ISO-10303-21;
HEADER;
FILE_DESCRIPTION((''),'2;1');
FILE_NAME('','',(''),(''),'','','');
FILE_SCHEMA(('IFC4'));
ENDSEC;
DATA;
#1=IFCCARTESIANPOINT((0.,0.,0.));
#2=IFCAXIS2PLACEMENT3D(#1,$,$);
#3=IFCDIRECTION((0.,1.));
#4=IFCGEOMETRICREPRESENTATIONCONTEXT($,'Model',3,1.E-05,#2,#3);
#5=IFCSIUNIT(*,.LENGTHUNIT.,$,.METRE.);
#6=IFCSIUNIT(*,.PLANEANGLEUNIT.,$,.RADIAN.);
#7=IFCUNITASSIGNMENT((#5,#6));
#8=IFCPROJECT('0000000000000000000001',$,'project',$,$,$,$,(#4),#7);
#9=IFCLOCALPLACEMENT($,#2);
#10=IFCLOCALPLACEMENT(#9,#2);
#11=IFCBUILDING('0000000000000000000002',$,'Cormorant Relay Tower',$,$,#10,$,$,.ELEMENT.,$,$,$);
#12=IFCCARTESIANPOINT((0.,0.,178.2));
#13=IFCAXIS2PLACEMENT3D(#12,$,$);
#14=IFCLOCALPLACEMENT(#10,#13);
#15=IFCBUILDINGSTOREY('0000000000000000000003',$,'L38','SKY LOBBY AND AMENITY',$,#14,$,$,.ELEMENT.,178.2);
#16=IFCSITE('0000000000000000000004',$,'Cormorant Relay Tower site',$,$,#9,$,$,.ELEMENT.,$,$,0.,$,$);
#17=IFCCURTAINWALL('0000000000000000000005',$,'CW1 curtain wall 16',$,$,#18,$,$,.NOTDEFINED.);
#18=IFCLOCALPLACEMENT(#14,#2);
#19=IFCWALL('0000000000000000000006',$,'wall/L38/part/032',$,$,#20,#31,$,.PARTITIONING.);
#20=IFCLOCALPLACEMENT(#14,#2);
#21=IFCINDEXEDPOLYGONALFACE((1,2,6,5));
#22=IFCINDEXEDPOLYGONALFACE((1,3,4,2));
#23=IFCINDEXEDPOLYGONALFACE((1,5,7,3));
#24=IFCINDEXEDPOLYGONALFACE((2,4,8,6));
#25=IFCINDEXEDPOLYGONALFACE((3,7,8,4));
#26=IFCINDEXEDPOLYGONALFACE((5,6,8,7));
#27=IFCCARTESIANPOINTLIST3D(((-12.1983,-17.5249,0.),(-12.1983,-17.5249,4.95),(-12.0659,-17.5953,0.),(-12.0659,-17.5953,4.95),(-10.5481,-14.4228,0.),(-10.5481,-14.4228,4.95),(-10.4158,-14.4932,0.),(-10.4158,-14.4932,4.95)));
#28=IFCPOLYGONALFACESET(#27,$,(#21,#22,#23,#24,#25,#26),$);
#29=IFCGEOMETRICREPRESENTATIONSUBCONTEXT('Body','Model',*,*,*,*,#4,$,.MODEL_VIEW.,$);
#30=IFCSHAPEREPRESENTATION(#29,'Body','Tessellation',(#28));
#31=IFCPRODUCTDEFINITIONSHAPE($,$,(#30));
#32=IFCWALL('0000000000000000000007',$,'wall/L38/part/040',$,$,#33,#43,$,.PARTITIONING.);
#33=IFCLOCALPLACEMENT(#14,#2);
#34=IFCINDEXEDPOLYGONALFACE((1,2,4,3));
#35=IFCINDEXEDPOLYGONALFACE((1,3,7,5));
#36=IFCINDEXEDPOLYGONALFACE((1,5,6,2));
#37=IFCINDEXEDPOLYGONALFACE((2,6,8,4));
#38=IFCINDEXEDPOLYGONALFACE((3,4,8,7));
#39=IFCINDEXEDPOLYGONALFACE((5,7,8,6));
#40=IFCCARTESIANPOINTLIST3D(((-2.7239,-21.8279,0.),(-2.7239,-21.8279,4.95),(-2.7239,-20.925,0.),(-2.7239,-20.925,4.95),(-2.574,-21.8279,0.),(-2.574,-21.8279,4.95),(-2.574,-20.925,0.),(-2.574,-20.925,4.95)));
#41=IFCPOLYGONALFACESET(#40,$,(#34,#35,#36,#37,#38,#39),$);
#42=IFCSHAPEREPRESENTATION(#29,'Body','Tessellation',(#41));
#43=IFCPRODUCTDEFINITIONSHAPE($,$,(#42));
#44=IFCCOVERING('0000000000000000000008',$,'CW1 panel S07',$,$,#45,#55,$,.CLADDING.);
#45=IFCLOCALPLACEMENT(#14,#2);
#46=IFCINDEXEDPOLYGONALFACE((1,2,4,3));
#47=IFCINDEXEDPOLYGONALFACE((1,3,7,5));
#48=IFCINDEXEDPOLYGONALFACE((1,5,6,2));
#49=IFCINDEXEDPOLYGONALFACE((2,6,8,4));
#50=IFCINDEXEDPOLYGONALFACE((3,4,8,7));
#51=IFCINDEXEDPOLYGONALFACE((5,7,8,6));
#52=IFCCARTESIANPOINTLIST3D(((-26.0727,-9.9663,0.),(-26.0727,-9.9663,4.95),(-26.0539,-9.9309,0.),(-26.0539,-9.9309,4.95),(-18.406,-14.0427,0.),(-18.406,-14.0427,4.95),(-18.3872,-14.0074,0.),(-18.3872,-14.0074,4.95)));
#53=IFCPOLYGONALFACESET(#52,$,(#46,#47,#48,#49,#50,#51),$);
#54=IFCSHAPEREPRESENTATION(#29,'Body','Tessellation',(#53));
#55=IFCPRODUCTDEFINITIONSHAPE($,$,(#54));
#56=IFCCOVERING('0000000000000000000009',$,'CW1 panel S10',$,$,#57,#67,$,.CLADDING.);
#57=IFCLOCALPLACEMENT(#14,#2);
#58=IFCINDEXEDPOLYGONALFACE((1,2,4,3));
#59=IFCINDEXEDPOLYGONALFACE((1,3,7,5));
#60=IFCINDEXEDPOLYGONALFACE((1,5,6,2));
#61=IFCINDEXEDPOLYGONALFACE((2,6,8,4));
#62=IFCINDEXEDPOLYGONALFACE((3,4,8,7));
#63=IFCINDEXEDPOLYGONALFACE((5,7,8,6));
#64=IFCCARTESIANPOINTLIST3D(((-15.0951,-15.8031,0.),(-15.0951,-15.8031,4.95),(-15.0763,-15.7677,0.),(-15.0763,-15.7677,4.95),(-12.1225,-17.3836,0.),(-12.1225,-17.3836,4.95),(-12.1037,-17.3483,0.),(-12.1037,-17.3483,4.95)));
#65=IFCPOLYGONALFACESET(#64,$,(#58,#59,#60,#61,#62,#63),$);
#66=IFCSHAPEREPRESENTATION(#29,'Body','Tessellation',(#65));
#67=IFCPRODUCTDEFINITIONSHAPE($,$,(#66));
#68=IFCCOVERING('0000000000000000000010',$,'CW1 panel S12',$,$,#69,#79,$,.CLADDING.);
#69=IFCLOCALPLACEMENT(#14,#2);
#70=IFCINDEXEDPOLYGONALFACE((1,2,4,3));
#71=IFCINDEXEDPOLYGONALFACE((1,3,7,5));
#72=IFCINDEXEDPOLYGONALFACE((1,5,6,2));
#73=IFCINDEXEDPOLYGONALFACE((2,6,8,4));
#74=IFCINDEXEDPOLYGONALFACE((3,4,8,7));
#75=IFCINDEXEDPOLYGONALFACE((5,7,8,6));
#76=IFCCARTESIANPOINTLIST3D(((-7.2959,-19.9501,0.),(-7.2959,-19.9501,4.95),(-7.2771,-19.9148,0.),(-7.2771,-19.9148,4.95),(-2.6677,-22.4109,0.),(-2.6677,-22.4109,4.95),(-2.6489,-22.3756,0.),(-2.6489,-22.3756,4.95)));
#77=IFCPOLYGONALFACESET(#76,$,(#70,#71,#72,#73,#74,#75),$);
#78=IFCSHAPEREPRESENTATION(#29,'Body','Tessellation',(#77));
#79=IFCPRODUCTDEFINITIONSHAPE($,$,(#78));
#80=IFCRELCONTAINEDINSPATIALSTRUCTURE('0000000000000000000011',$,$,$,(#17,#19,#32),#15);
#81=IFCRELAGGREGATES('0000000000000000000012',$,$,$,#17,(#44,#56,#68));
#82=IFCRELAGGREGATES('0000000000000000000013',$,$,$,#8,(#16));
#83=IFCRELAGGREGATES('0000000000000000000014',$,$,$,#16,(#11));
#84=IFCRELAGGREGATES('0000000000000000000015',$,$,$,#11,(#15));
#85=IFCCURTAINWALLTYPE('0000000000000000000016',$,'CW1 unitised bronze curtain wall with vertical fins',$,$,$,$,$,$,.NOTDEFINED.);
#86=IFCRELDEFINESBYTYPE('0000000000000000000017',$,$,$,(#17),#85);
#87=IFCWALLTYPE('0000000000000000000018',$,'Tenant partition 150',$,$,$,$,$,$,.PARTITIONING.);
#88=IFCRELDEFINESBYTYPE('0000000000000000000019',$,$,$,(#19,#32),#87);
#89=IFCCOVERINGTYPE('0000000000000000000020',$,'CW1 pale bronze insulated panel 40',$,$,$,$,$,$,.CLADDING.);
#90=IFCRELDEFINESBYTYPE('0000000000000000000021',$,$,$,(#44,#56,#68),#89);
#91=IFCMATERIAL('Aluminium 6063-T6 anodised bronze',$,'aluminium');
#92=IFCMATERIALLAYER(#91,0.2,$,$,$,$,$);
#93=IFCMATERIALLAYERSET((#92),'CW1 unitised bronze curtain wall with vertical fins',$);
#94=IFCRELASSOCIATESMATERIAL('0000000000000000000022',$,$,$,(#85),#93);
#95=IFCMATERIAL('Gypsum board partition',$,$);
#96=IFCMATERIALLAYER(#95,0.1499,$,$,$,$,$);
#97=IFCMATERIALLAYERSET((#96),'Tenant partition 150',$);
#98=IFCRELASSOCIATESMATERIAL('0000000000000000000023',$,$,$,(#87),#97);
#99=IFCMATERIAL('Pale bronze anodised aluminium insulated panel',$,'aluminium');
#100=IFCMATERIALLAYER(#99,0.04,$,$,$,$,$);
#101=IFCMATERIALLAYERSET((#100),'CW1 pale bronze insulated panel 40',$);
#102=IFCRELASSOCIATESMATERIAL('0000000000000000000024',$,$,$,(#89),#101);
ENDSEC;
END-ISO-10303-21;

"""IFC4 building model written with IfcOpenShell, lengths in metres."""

from ifc_helpers import new_model, si_unit, direction, frame, frame_2d, origin, origin_2d, place, context, subcontext, project, spatial, rectangle, extrude, material, layer, layer_set, type_object, element, aggregate, save


model = new_model("IFC4")

# Units and contexts
model_context = context("Model", 3, precision=1e-05, world=origin(), true_north=direction((0.0, 1.0)))
body_context = subcontext(model_context, "Body", "Model", "MODEL_VIEW")
ifc_project = project(units=[si_unit("LENGTHUNIT", "METRE"), si_unit("PLANEANGLEUNIT", "RADIAN")], contexts=[model_context])

# Site, building, storey
site_placement = place(None, origin())
site = spatial("IfcSite", under=ifc_project, at=site_placement, Name="Cormorant Relay Tower site", CompositionType="ELEMENT", RefElevation=0.0)
building_placement = place(site_placement, origin())
building = spatial("IfcBuilding", under=site, at=building_placement, Name="Cormorant Relay Tower", CompositionType="ELEMENT")
storey_placement = place(building_placement, frame((0.0, 0.0, 178.2)))
storey = spatial("IfcBuildingStorey", under=building, at=storey_placement, Name="L38", Description="SKY LOBBY AND AMENITY", CompositionType="ELEMENT", Elevation=178.2)

# Shared definitions
ifc_material_1 = material(Name="Aluminium 6063-T6 anodised bronze", Category="aluminium")
ifc_layer_1 = layer(ifc_material_1, 0.2)
ifc_layer_set_1 = layer_set([ifc_layer_1], Name="CW1 unitised bronze curtain wall with vertical fins")
curtain_wall_type = type_object("IfcCurtainWallType", Name="CW1 unitised bronze curtain wall with vertical fins", PredefinedType="NOTDEFINED", material=ifc_layer_set_1)

# Curtain wall
curtain_wall_1_placement = place(storey_placement, origin())
curtain_wall_1 = element("IfcCurtainWall", 1, at=curtain_wall_1_placement, inside=storey, type_object=curtain_wall_type, Name="CW1 curtain wall 16", PredefinedType="NOTDEFINED")

# Walls
ifc_material_2 = material(Name="Gypsum board partition")
ifc_layer_2 = layer(ifc_material_2, 0.1499)
ifc_layer_set_2 = layer_set([ifc_layer_2], Name="Tenant partition 150")
wall_type_1 = type_object("IfcWallType", Name="Tenant partition 150", PredefinedType="PARTITIONING", material=ifc_layer_set_2)
wall_1_placement = place(storey_placement, frame((-10.4819, -14.458, 0.0), z_axis=(0.0, 0.0, 1.0), x_axis=(-0.469639, -0.882858, 0.0)))
element("IfcWall", 2, at=wall_1_placement, inside=storey, type_object=wall_type_1, Name="wall/L38/part/032", PredefinedType="PARTITIONING", context=body_context, shape_type="SweptSolid", body=[
    extrude(rectangle(XDim=3.5137, YDim=0.1499, at=frame_2d((1.7568, 0.0))), origin(), (0.0, 0.0, 1.0), 4.95),
])
wall_2_placement = place(storey_placement, frame((-2.6489, -20.925, 0.0), z_axis=(0.0, 0.0, 1.0), x_axis=(0.0, -1.0, 0.0)))
element("IfcWall", 3, at=wall_2_placement, inside=storey, type_object=wall_type_1, Name="wall/L38/part/040", PredefinedType="PARTITIONING", context=body_context, shape_type="SweptSolid", body=[
    extrude(rectangle(XDim=0.9028, YDim=0.1499, at=frame_2d((0.4514, 0.0))), origin(), (0.0, 0.0, 1.0), 4.95),
])

# Coverings
ifc_material_3 = material(Name="Pale bronze anodised aluminium insulated panel", Category="aluminium")
ifc_layer_3 = layer(ifc_material_3, 0.04)
ifc_layer_set_3 = layer_set([ifc_layer_3], Name="CW1 pale bronze insulated panel 40")
covering_type = type_object("IfcCoveringType", Name="CW1 pale bronze insulated panel 40", PredefinedType="CLADDING", material=ifc_layer_set_3)
covering_1_placement = place(storey_placement, frame((-22.23, -11.9868, 0.0), z_axis=(0.0, 0.0, 1.0), x_axis=(0.882948, -0.469472, 0.0)))
covering_1 = element("IfcCovering", 4, at=covering_1_placement, type_object=covering_type, Name="CW1 panel S07", PredefinedType="CLADDING", context=body_context, shape_type="SweptSolid", body=[
    extrude(rectangle(XDim=8.6831, YDim=0.04, at=origin_2d()), origin(), (0.0, 0.0, 1.0), 4.95),
])
covering_2_placement = place(storey_placement, frame((-13.5994, -16.5757, 0.0), z_axis=(0.0, 0.0, 1.0), x_axis=(0.882948, -0.469472, 0.0)))
covering_2 = element("IfcCovering", 5, at=covering_2_placement, type_object=covering_type, Name="CW1 panel S10", PredefinedType="CLADDING", context=body_context, shape_type="SweptSolid", body=[
    extrude(rectangle(XDim=3.3667, YDim=0.04, at=origin_2d()), origin(), (0.0, 0.0, 1.0), 4.95),
])
covering_3_placement = place(storey_placement, frame((-4.9724, -21.1628, 0.0), z_axis=(0.0, 0.0, 1.0), x_axis=(0.882948, -0.469472, 0.0)))
covering_3 = element("IfcCovering", 6, at=covering_3_placement, type_object=covering_type, Name="CW1 panel S12", PredefinedType="CLADDING", context=body_context, shape_type="SweptSolid", body=[
    extrude(rectangle(XDim=5.2417, YDim=0.04, at=origin_2d()), origin(), (0.0, 0.0, 1.0), 4.95),
])
aggregate(curtain_wall_1, [covering_1, covering_2, covering_3])

save(model, "model.ifc")
